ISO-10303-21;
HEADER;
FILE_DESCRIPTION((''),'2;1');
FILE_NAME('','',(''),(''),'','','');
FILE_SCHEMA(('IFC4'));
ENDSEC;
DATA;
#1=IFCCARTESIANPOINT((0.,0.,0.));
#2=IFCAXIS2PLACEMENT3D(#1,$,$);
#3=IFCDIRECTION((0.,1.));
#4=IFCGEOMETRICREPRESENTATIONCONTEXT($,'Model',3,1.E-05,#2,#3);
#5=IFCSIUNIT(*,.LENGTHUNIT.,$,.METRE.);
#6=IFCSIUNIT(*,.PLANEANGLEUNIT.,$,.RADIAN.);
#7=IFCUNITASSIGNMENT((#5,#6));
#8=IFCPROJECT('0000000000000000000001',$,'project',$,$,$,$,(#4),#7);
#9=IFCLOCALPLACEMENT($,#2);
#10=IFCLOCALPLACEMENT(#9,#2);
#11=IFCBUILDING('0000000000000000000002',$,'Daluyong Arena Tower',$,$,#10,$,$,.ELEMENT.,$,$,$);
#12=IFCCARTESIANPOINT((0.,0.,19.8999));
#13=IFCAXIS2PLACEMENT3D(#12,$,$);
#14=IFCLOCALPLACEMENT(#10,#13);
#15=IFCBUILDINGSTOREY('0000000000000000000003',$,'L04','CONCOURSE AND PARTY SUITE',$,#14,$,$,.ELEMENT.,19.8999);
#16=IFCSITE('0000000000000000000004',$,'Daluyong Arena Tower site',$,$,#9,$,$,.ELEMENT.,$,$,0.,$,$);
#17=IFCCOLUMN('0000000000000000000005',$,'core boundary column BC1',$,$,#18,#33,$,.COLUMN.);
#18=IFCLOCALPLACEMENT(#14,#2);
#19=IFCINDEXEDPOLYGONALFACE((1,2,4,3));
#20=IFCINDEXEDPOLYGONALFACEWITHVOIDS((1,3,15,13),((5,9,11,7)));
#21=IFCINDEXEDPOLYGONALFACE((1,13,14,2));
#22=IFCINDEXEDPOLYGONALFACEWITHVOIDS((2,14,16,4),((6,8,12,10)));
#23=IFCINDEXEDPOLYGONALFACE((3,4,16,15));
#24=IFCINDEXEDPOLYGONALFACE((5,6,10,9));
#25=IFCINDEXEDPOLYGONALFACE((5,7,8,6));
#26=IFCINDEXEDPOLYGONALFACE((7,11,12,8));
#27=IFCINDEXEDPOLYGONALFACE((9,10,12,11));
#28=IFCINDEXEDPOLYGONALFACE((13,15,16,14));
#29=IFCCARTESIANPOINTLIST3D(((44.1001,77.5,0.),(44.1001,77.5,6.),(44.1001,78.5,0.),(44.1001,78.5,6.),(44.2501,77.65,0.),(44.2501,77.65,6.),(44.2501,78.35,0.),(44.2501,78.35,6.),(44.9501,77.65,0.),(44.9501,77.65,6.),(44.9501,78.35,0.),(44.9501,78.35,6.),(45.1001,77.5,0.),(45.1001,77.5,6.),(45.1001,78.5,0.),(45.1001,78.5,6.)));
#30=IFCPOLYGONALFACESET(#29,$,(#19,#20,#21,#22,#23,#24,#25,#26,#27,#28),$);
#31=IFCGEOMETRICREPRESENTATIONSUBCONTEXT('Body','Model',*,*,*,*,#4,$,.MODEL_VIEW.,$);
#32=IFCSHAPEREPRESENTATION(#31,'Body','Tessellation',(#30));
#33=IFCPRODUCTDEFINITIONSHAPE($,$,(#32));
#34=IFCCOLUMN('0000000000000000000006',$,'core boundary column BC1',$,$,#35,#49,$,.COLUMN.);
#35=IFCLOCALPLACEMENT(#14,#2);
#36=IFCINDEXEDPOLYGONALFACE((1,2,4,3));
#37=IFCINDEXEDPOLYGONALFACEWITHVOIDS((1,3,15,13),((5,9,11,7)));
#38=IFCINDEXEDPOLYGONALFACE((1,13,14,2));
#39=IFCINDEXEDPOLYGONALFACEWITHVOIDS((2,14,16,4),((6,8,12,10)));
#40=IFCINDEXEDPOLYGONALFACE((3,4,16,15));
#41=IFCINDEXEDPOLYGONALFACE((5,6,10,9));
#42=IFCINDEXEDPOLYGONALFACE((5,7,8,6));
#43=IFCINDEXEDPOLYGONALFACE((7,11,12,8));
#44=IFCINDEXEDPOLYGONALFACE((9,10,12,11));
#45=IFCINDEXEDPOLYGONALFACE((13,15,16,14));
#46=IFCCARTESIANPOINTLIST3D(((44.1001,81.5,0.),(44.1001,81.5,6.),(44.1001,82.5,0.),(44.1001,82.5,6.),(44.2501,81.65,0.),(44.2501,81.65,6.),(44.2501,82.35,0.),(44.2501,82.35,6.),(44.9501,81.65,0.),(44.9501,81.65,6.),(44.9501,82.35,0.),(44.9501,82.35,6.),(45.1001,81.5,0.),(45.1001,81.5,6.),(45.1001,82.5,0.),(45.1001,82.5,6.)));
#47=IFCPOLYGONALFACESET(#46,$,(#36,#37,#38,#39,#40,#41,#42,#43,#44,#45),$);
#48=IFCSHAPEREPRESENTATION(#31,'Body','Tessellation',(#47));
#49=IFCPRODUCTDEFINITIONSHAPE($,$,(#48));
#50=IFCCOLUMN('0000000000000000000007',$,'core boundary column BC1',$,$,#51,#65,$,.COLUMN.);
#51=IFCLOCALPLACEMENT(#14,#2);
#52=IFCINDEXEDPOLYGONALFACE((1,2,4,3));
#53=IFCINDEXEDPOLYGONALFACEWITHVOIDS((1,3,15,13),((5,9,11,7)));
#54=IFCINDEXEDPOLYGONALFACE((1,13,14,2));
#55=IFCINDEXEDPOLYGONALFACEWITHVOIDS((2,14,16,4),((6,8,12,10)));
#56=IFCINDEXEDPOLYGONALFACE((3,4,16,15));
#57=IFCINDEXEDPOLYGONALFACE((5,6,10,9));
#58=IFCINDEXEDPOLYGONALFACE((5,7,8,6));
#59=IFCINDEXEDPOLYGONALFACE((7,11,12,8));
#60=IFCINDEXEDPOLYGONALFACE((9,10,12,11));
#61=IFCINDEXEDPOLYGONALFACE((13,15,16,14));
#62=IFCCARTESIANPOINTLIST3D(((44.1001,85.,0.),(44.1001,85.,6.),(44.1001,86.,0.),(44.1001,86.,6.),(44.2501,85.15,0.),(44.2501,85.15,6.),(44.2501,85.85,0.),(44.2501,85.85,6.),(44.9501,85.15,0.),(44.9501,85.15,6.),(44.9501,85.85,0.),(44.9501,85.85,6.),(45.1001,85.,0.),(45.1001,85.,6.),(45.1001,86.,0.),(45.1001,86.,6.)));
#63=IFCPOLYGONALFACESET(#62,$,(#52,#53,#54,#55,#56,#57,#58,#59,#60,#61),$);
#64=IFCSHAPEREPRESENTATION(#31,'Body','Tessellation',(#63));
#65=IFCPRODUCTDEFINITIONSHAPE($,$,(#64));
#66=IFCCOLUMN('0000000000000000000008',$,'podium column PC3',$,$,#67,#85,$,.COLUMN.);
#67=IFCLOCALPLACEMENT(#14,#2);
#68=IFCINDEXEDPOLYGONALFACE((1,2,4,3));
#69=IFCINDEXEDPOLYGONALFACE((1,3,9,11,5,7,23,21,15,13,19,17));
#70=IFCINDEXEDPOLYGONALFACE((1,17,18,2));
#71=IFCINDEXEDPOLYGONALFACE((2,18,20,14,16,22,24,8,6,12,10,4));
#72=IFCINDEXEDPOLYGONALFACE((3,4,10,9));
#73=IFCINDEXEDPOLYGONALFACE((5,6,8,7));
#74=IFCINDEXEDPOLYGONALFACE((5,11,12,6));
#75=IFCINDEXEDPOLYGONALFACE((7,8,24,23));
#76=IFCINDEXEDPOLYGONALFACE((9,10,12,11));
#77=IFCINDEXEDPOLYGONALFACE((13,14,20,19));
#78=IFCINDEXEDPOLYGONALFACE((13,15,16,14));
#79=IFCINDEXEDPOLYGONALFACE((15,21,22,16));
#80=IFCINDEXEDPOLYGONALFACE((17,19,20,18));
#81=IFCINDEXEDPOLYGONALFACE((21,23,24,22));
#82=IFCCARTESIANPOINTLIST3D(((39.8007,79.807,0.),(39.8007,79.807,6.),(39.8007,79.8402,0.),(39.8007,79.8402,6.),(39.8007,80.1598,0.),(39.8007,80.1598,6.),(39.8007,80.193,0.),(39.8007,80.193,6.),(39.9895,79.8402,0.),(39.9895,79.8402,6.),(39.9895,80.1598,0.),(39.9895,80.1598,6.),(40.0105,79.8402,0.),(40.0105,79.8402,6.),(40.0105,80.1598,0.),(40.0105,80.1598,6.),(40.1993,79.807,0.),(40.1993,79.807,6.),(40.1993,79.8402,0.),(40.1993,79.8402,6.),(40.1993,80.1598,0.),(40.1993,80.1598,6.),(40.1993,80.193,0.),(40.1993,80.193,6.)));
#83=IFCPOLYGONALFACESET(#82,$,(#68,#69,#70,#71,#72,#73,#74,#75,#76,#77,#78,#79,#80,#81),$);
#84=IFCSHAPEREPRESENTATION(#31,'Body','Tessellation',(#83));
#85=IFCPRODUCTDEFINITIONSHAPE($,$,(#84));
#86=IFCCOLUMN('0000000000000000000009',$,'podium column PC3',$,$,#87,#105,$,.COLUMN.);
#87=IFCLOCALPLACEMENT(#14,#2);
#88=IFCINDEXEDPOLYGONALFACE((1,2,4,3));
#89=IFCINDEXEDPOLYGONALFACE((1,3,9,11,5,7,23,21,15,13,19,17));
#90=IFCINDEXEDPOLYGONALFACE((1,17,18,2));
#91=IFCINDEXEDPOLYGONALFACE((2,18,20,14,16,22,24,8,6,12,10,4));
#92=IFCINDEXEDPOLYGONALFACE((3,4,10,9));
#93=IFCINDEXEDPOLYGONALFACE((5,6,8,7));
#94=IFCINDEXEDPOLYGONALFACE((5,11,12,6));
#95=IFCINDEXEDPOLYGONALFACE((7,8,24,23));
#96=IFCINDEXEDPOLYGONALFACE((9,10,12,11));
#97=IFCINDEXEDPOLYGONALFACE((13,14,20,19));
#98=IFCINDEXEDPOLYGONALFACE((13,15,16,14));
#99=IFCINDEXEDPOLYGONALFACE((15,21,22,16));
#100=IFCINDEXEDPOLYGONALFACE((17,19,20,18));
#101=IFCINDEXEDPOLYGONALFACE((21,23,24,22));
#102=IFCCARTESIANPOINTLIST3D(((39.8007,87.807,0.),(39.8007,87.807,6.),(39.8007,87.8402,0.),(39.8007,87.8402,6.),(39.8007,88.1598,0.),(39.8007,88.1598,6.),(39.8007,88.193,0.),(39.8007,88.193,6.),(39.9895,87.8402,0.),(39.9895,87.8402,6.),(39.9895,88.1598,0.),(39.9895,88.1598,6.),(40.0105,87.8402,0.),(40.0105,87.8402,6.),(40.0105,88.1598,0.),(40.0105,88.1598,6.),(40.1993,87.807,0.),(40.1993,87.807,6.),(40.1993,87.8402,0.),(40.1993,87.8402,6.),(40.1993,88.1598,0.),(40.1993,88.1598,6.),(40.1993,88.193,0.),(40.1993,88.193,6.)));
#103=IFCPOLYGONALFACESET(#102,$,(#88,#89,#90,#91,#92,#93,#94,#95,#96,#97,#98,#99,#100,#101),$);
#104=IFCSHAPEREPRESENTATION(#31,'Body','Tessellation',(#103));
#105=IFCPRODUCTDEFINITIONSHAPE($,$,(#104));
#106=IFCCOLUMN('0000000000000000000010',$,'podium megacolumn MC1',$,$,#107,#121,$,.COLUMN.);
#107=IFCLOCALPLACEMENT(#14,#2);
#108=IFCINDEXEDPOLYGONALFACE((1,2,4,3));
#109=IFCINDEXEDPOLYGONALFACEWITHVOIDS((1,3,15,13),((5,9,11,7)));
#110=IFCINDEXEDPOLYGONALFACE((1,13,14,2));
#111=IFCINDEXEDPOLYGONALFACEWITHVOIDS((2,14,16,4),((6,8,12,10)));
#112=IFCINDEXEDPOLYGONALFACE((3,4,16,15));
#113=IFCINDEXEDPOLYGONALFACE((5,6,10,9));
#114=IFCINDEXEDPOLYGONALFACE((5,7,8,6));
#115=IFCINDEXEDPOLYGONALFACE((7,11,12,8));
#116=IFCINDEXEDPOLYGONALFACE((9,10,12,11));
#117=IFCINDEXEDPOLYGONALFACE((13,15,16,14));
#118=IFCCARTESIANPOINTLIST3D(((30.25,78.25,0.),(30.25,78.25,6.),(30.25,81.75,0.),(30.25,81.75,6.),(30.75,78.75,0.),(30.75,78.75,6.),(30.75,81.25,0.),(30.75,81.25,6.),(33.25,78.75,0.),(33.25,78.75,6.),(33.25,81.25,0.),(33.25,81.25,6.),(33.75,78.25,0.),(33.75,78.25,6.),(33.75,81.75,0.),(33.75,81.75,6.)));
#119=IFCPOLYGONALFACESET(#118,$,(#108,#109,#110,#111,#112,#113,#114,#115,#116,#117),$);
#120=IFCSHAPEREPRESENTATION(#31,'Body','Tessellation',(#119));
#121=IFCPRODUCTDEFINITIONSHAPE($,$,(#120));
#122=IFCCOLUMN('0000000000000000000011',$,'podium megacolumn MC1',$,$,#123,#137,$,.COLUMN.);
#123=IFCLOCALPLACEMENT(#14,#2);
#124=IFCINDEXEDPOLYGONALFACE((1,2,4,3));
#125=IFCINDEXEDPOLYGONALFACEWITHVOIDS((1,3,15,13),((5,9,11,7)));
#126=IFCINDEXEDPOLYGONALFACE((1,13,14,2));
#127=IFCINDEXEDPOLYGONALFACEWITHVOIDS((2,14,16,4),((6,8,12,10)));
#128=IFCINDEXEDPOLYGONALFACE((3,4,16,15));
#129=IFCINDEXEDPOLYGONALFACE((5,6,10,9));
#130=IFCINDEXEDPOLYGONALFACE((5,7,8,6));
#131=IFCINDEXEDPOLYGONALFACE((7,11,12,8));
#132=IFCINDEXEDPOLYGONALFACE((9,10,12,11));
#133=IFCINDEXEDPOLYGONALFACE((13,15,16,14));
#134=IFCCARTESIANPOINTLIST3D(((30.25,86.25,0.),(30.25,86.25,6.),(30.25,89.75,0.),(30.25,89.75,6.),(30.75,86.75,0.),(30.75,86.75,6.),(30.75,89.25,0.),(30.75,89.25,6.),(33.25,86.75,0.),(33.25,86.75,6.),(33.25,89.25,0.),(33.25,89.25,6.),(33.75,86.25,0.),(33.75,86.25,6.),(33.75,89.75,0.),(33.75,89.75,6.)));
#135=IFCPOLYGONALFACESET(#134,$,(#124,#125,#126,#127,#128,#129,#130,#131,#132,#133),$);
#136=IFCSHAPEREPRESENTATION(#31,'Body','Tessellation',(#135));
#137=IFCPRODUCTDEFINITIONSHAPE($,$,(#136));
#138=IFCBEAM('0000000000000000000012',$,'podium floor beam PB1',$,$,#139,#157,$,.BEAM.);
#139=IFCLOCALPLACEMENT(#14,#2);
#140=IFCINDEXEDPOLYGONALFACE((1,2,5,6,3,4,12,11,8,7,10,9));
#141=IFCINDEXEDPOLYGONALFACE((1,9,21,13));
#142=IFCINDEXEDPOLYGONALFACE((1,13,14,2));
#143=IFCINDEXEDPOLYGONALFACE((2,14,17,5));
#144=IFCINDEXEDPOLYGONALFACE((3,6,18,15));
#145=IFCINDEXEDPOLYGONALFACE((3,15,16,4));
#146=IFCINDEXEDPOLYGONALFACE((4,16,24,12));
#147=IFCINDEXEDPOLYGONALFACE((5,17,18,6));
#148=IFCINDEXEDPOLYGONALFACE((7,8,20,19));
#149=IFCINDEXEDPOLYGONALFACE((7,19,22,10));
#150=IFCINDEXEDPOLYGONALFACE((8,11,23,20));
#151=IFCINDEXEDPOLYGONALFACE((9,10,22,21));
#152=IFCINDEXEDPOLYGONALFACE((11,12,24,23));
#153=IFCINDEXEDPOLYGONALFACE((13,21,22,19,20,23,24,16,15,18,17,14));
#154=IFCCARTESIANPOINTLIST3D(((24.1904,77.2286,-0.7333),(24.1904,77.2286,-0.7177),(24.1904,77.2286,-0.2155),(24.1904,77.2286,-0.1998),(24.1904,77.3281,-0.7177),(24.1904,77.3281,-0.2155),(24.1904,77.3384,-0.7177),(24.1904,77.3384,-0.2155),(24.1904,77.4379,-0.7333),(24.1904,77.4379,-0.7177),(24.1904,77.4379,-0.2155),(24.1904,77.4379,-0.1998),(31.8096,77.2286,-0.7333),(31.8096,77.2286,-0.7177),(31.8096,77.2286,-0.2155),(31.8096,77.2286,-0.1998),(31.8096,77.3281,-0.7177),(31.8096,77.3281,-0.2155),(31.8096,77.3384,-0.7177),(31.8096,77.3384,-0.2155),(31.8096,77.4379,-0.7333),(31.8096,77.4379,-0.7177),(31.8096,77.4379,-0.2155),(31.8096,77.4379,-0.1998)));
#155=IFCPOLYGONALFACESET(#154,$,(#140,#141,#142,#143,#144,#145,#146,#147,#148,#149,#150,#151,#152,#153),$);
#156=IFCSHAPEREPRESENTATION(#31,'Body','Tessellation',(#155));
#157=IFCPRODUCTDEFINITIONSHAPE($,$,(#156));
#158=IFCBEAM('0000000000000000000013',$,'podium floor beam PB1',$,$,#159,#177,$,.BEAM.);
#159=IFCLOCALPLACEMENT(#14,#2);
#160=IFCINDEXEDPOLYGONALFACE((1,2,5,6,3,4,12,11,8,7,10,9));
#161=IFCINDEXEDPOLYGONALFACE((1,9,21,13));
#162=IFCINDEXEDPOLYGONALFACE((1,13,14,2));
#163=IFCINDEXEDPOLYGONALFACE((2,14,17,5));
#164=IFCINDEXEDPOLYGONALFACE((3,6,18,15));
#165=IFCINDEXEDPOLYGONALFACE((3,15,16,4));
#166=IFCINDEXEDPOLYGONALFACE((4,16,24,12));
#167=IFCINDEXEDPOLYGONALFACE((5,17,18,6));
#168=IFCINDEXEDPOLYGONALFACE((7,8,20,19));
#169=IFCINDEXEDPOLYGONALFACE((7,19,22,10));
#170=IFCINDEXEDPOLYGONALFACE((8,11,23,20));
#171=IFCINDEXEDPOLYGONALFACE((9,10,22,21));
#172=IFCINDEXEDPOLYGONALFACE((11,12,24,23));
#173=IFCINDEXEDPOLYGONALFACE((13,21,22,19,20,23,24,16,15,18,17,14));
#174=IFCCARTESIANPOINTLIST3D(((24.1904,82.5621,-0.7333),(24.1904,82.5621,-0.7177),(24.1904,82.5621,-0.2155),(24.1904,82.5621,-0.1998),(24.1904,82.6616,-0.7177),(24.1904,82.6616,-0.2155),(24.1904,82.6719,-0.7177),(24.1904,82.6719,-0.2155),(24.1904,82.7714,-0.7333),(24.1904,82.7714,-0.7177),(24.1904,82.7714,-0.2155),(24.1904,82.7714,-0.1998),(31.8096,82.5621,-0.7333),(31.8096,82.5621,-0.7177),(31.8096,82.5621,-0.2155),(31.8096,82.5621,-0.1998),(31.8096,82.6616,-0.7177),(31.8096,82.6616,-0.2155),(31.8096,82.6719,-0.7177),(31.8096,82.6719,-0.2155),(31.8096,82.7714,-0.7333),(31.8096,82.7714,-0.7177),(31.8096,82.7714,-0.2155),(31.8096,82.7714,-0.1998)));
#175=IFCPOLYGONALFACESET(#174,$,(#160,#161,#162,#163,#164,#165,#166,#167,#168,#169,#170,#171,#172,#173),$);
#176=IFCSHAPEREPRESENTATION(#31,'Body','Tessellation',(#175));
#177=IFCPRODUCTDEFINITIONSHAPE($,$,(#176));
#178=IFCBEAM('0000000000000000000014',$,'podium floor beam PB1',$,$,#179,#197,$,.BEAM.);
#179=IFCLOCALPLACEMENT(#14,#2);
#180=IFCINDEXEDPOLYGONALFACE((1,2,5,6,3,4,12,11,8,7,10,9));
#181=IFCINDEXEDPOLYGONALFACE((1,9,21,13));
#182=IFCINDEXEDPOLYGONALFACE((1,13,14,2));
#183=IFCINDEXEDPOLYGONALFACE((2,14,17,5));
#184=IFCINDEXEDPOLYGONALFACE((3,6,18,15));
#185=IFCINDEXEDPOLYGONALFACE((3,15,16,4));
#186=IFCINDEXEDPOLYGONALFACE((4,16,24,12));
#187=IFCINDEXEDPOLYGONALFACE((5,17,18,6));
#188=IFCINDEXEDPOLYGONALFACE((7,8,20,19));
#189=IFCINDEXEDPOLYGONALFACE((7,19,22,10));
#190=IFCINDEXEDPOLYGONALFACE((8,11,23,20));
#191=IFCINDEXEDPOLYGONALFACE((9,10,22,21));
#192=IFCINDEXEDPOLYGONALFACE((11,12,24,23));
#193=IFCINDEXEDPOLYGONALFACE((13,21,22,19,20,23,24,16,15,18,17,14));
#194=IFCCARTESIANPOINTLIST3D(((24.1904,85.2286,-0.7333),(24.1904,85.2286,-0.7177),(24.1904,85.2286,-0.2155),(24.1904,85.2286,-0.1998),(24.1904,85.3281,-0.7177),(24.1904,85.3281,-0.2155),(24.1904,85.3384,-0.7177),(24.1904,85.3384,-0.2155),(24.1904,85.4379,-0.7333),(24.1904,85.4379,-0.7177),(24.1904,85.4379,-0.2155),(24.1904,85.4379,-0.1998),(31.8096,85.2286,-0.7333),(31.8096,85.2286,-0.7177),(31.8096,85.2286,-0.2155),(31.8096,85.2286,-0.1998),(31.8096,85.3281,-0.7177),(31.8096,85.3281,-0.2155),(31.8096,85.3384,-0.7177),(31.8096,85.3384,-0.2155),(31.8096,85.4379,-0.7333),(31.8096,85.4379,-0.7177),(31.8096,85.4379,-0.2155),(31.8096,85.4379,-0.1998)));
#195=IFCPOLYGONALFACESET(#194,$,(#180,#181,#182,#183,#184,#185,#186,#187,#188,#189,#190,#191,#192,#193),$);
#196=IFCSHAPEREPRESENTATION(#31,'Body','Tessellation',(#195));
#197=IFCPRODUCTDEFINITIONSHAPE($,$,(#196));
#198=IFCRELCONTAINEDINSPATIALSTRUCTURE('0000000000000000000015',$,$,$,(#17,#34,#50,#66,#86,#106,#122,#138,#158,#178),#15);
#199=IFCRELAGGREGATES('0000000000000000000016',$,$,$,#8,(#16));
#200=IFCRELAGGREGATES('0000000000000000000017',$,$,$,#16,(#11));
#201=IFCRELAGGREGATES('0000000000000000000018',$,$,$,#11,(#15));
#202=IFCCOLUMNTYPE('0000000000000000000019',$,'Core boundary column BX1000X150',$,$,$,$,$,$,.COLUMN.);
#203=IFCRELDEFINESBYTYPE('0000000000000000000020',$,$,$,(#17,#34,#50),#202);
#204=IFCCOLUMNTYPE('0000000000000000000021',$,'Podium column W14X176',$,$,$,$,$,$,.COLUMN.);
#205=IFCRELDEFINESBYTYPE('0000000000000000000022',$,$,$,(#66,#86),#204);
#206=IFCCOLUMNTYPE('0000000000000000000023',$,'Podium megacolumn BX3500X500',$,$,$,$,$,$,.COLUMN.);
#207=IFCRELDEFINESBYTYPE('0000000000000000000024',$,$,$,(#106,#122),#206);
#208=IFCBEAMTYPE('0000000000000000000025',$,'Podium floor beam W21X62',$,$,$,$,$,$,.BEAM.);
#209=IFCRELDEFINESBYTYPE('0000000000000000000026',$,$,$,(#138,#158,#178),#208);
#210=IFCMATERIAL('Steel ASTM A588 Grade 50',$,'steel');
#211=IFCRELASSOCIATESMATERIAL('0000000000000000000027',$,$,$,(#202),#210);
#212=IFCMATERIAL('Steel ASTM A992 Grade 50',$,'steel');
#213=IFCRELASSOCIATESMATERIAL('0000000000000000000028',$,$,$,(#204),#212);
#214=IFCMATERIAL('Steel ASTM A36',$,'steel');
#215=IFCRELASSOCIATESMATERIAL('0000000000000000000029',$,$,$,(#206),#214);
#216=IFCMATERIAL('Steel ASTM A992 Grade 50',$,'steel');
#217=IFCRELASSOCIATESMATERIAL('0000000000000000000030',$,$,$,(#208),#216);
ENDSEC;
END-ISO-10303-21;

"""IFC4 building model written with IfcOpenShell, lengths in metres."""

from ifc_helpers import new_model, si_unit, direction, frame, origin, origin_2d, place, context, subcontext, project, spatial, hollow_rectangle, i_section, extrude, material, material_profile, profile_set, type_object, element, save


model = new_model("IFC4")

# Units and contexts
model_context = context("Model", 3, precision=1e-05, world=origin(), true_north=direction((0.0, 1.0)))
body_context = subcontext(model_context, "Body", "Model", "MODEL_VIEW")
ifc_project = project(units=[si_unit("LENGTHUNIT", "METRE"), si_unit("PLANEANGLEUNIT", "RADIAN")], contexts=[model_context])

# Site, building, storey
site_placement = place(None, origin())
site = spatial("IfcSite", under=ifc_project, at=site_placement, Name="Daluyong Arena Tower site", CompositionType="ELEMENT", RefElevation=0.0)
building_placement = place(site_placement, origin())
building = spatial("IfcBuilding", under=site, at=building_placement, Name="Daluyong Arena Tower", CompositionType="ELEMENT")
storey_placement = place(building_placement, frame((0.0, 0.0, 19.8999)))
storey = spatial("IfcBuildingStorey", under=building, at=storey_placement, Name="L04", Description="CONCOURSE AND PARTY SUITE", CompositionType="ELEMENT", Elevation=19.8999)

# Columns
ifc_material_1 = material(Name="Steel ASTM A588 Grade 50", Category="steel")
ifc_material_profile_1 = material_profile(ifc_material_1, hollow_rectangle(XDim=1.0, YDim=1.0, WallThickness=0.15, at=origin_2d()))
ifc_profile_set_1 = profile_set([ifc_material_profile_1], Name="Steel ASTM A588 Grade 50")
column_type_1 = type_object("IfcColumnType", Name="Core boundary column BX1000X150", PredefinedType="COLUMN", material=ifc_profile_set_1)
for number, where, z_axis, x_axis, name in (
    (1, (44.6001, 78.0, 0.0), (0.0, 0.0, 1.0), (1.0, 0.0, 0.0), "core boundary column BC1"),
    (2, (44.6001, 82.0, 0.0), (0.0, 0.0, 1.0), (1.0, 0.0, 0.0), "core boundary column BC1"),
    (3, (44.6001, 85.5, 0.0), (0.0, 0.0, 1.0), (1.0, 0.0, 0.0), "core boundary column BC1"),
):
    element("IfcColumn", number, at=place(storey_placement, frame(where, z_axis=z_axis, x_axis=x_axis)), inside=storey, type_object=column_type_1, Name=name, PredefinedType="COLUMN", context=body_context, shape_type="SweptSolid", body=[
        extrude(hollow_rectangle(XDim=1.0, YDim=1.0, WallThickness=0.15, at=origin_2d()), origin(), (0.0, 0.0, 1.0), 6.0),
    ])
ifc_material_2 = material(Name="Steel ASTM A992 Grade 50", Category="steel")
ifc_material_profile_2 = material_profile(ifc_material_2, i_section(OverallWidth=0.3987, OverallDepth=0.386, WebThickness=0.021, FlangeThickness=0.0332, at=origin_2d()))
ifc_profile_set_2 = profile_set([ifc_material_profile_2], Name="Steel ASTM A992 Grade 50")
column_type_2 = type_object("IfcColumnType", Name="Podium column W14X176", PredefinedType="COLUMN", material=ifc_profile_set_2)
for number, where, z_axis, x_axis, name in (
    (4, (40.0, 80.0, 0.0), (0.0, 0.0, 1.0), (1.0, 0.0, 0.0), "podium column PC3"),
    (5, (40.0, 88.0, 0.0), (0.0, 0.0, 1.0), (1.0, 0.0, 0.0), "podium column PC3"),
):
    element("IfcColumn", number, at=place(storey_placement, frame(where, z_axis=z_axis, x_axis=x_axis)), inside=storey, type_object=column_type_2, Name=name, PredefinedType="COLUMN", context=body_context, shape_type="SweptSolid", body=[
        extrude(i_section(OverallWidth=0.3987, OverallDepth=0.386, WebThickness=0.021, FlangeThickness=0.0332, at=origin_2d()), origin(), (0.0, 0.0, 1.0), 6.0),
    ])
ifc_material_3 = material(Name="Steel ASTM A36", Category="steel")
ifc_material_profile_3 = material_profile(ifc_material_3, hollow_rectangle(XDim=3.5, YDim=3.5, WallThickness=0.5, at=origin_2d()))
ifc_profile_set_3 = profile_set([ifc_material_profile_3], Name="Steel ASTM A36")
column_type_3 = type_object("IfcColumnType", Name="Podium megacolumn BX3500X500", PredefinedType="COLUMN", material=ifc_profile_set_3)
for number, where, z_axis, x_axis, name in (
    (6, (32.0, 80.0, 0.0), (0.0, 0.0, 1.0), (1.0, 0.0, 0.0), "podium megacolumn MC1"),
    (7, (32.0, 88.0, 0.0), (0.0, 0.0, 1.0), (1.0, 0.0, 0.0), "podium megacolumn MC1"),
):
    element("IfcColumn", number, at=place(storey_placement, frame(where, z_axis=z_axis, x_axis=x_axis)), inside=storey, type_object=column_type_3, Name=name, PredefinedType="COLUMN", context=body_context, shape_type="SweptSolid", body=[
        extrude(hollow_rectangle(XDim=3.5, YDim=3.5, WallThickness=0.5, at=origin_2d()), origin(), (0.0, 0.0, 1.0), 6.0),
    ])

# Beams
ifc_material_4 = material(Name="Steel ASTM A992 Grade 50", Category="steel")
ifc_material_profile_4 = material_profile(ifc_material_4, i_section(OverallWidth=0.2092, OverallDepth=0.5334, WebThickness=0.0103, FlangeThickness=0.0156, at=origin_2d()))
ifc_profile_set_4 = profile_set([ifc_material_profile_4], Name="Steel ASTM A992 Grade 50")
beam_type_1 = type_object("IfcBeamType", Name="Podium floor beam W21X62", PredefinedType="BEAM", material=ifc_profile_set_4)
for number, where, z_axis, x_axis, name in (
    (8, (24.1904, 77.3333, -0.4666), (1.0, 0.0, 0.0), (0.0, 1.0, 0.0), "podium floor beam PB1"),
    (9, (24.1904, 82.6667, -0.4666), (1.0, 0.0, 0.0), (0.0, 1.0, 0.0), "podium floor beam PB1"),
    (10, (24.1904, 85.3333, -0.4666), (1.0, 0.0, 0.0), (0.0, 1.0, 0.0), "podium floor beam PB1"),
):
    element("IfcBeam", number, at=place(storey_placement, frame(where, z_axis=z_axis, x_axis=x_axis)), inside=storey, type_object=beam_type_1, Name=name, PredefinedType="BEAM", context=body_context, shape_type="SweptSolid", body=[
        extrude(i_section(OverallWidth=0.2092, OverallDepth=0.5334, WebThickness=0.0103, FlangeThickness=0.0156, at=origin_2d()), origin(), (0.0, 0.0, 1.0), 7.6191),
    ])

save(model, "model.ifc")
